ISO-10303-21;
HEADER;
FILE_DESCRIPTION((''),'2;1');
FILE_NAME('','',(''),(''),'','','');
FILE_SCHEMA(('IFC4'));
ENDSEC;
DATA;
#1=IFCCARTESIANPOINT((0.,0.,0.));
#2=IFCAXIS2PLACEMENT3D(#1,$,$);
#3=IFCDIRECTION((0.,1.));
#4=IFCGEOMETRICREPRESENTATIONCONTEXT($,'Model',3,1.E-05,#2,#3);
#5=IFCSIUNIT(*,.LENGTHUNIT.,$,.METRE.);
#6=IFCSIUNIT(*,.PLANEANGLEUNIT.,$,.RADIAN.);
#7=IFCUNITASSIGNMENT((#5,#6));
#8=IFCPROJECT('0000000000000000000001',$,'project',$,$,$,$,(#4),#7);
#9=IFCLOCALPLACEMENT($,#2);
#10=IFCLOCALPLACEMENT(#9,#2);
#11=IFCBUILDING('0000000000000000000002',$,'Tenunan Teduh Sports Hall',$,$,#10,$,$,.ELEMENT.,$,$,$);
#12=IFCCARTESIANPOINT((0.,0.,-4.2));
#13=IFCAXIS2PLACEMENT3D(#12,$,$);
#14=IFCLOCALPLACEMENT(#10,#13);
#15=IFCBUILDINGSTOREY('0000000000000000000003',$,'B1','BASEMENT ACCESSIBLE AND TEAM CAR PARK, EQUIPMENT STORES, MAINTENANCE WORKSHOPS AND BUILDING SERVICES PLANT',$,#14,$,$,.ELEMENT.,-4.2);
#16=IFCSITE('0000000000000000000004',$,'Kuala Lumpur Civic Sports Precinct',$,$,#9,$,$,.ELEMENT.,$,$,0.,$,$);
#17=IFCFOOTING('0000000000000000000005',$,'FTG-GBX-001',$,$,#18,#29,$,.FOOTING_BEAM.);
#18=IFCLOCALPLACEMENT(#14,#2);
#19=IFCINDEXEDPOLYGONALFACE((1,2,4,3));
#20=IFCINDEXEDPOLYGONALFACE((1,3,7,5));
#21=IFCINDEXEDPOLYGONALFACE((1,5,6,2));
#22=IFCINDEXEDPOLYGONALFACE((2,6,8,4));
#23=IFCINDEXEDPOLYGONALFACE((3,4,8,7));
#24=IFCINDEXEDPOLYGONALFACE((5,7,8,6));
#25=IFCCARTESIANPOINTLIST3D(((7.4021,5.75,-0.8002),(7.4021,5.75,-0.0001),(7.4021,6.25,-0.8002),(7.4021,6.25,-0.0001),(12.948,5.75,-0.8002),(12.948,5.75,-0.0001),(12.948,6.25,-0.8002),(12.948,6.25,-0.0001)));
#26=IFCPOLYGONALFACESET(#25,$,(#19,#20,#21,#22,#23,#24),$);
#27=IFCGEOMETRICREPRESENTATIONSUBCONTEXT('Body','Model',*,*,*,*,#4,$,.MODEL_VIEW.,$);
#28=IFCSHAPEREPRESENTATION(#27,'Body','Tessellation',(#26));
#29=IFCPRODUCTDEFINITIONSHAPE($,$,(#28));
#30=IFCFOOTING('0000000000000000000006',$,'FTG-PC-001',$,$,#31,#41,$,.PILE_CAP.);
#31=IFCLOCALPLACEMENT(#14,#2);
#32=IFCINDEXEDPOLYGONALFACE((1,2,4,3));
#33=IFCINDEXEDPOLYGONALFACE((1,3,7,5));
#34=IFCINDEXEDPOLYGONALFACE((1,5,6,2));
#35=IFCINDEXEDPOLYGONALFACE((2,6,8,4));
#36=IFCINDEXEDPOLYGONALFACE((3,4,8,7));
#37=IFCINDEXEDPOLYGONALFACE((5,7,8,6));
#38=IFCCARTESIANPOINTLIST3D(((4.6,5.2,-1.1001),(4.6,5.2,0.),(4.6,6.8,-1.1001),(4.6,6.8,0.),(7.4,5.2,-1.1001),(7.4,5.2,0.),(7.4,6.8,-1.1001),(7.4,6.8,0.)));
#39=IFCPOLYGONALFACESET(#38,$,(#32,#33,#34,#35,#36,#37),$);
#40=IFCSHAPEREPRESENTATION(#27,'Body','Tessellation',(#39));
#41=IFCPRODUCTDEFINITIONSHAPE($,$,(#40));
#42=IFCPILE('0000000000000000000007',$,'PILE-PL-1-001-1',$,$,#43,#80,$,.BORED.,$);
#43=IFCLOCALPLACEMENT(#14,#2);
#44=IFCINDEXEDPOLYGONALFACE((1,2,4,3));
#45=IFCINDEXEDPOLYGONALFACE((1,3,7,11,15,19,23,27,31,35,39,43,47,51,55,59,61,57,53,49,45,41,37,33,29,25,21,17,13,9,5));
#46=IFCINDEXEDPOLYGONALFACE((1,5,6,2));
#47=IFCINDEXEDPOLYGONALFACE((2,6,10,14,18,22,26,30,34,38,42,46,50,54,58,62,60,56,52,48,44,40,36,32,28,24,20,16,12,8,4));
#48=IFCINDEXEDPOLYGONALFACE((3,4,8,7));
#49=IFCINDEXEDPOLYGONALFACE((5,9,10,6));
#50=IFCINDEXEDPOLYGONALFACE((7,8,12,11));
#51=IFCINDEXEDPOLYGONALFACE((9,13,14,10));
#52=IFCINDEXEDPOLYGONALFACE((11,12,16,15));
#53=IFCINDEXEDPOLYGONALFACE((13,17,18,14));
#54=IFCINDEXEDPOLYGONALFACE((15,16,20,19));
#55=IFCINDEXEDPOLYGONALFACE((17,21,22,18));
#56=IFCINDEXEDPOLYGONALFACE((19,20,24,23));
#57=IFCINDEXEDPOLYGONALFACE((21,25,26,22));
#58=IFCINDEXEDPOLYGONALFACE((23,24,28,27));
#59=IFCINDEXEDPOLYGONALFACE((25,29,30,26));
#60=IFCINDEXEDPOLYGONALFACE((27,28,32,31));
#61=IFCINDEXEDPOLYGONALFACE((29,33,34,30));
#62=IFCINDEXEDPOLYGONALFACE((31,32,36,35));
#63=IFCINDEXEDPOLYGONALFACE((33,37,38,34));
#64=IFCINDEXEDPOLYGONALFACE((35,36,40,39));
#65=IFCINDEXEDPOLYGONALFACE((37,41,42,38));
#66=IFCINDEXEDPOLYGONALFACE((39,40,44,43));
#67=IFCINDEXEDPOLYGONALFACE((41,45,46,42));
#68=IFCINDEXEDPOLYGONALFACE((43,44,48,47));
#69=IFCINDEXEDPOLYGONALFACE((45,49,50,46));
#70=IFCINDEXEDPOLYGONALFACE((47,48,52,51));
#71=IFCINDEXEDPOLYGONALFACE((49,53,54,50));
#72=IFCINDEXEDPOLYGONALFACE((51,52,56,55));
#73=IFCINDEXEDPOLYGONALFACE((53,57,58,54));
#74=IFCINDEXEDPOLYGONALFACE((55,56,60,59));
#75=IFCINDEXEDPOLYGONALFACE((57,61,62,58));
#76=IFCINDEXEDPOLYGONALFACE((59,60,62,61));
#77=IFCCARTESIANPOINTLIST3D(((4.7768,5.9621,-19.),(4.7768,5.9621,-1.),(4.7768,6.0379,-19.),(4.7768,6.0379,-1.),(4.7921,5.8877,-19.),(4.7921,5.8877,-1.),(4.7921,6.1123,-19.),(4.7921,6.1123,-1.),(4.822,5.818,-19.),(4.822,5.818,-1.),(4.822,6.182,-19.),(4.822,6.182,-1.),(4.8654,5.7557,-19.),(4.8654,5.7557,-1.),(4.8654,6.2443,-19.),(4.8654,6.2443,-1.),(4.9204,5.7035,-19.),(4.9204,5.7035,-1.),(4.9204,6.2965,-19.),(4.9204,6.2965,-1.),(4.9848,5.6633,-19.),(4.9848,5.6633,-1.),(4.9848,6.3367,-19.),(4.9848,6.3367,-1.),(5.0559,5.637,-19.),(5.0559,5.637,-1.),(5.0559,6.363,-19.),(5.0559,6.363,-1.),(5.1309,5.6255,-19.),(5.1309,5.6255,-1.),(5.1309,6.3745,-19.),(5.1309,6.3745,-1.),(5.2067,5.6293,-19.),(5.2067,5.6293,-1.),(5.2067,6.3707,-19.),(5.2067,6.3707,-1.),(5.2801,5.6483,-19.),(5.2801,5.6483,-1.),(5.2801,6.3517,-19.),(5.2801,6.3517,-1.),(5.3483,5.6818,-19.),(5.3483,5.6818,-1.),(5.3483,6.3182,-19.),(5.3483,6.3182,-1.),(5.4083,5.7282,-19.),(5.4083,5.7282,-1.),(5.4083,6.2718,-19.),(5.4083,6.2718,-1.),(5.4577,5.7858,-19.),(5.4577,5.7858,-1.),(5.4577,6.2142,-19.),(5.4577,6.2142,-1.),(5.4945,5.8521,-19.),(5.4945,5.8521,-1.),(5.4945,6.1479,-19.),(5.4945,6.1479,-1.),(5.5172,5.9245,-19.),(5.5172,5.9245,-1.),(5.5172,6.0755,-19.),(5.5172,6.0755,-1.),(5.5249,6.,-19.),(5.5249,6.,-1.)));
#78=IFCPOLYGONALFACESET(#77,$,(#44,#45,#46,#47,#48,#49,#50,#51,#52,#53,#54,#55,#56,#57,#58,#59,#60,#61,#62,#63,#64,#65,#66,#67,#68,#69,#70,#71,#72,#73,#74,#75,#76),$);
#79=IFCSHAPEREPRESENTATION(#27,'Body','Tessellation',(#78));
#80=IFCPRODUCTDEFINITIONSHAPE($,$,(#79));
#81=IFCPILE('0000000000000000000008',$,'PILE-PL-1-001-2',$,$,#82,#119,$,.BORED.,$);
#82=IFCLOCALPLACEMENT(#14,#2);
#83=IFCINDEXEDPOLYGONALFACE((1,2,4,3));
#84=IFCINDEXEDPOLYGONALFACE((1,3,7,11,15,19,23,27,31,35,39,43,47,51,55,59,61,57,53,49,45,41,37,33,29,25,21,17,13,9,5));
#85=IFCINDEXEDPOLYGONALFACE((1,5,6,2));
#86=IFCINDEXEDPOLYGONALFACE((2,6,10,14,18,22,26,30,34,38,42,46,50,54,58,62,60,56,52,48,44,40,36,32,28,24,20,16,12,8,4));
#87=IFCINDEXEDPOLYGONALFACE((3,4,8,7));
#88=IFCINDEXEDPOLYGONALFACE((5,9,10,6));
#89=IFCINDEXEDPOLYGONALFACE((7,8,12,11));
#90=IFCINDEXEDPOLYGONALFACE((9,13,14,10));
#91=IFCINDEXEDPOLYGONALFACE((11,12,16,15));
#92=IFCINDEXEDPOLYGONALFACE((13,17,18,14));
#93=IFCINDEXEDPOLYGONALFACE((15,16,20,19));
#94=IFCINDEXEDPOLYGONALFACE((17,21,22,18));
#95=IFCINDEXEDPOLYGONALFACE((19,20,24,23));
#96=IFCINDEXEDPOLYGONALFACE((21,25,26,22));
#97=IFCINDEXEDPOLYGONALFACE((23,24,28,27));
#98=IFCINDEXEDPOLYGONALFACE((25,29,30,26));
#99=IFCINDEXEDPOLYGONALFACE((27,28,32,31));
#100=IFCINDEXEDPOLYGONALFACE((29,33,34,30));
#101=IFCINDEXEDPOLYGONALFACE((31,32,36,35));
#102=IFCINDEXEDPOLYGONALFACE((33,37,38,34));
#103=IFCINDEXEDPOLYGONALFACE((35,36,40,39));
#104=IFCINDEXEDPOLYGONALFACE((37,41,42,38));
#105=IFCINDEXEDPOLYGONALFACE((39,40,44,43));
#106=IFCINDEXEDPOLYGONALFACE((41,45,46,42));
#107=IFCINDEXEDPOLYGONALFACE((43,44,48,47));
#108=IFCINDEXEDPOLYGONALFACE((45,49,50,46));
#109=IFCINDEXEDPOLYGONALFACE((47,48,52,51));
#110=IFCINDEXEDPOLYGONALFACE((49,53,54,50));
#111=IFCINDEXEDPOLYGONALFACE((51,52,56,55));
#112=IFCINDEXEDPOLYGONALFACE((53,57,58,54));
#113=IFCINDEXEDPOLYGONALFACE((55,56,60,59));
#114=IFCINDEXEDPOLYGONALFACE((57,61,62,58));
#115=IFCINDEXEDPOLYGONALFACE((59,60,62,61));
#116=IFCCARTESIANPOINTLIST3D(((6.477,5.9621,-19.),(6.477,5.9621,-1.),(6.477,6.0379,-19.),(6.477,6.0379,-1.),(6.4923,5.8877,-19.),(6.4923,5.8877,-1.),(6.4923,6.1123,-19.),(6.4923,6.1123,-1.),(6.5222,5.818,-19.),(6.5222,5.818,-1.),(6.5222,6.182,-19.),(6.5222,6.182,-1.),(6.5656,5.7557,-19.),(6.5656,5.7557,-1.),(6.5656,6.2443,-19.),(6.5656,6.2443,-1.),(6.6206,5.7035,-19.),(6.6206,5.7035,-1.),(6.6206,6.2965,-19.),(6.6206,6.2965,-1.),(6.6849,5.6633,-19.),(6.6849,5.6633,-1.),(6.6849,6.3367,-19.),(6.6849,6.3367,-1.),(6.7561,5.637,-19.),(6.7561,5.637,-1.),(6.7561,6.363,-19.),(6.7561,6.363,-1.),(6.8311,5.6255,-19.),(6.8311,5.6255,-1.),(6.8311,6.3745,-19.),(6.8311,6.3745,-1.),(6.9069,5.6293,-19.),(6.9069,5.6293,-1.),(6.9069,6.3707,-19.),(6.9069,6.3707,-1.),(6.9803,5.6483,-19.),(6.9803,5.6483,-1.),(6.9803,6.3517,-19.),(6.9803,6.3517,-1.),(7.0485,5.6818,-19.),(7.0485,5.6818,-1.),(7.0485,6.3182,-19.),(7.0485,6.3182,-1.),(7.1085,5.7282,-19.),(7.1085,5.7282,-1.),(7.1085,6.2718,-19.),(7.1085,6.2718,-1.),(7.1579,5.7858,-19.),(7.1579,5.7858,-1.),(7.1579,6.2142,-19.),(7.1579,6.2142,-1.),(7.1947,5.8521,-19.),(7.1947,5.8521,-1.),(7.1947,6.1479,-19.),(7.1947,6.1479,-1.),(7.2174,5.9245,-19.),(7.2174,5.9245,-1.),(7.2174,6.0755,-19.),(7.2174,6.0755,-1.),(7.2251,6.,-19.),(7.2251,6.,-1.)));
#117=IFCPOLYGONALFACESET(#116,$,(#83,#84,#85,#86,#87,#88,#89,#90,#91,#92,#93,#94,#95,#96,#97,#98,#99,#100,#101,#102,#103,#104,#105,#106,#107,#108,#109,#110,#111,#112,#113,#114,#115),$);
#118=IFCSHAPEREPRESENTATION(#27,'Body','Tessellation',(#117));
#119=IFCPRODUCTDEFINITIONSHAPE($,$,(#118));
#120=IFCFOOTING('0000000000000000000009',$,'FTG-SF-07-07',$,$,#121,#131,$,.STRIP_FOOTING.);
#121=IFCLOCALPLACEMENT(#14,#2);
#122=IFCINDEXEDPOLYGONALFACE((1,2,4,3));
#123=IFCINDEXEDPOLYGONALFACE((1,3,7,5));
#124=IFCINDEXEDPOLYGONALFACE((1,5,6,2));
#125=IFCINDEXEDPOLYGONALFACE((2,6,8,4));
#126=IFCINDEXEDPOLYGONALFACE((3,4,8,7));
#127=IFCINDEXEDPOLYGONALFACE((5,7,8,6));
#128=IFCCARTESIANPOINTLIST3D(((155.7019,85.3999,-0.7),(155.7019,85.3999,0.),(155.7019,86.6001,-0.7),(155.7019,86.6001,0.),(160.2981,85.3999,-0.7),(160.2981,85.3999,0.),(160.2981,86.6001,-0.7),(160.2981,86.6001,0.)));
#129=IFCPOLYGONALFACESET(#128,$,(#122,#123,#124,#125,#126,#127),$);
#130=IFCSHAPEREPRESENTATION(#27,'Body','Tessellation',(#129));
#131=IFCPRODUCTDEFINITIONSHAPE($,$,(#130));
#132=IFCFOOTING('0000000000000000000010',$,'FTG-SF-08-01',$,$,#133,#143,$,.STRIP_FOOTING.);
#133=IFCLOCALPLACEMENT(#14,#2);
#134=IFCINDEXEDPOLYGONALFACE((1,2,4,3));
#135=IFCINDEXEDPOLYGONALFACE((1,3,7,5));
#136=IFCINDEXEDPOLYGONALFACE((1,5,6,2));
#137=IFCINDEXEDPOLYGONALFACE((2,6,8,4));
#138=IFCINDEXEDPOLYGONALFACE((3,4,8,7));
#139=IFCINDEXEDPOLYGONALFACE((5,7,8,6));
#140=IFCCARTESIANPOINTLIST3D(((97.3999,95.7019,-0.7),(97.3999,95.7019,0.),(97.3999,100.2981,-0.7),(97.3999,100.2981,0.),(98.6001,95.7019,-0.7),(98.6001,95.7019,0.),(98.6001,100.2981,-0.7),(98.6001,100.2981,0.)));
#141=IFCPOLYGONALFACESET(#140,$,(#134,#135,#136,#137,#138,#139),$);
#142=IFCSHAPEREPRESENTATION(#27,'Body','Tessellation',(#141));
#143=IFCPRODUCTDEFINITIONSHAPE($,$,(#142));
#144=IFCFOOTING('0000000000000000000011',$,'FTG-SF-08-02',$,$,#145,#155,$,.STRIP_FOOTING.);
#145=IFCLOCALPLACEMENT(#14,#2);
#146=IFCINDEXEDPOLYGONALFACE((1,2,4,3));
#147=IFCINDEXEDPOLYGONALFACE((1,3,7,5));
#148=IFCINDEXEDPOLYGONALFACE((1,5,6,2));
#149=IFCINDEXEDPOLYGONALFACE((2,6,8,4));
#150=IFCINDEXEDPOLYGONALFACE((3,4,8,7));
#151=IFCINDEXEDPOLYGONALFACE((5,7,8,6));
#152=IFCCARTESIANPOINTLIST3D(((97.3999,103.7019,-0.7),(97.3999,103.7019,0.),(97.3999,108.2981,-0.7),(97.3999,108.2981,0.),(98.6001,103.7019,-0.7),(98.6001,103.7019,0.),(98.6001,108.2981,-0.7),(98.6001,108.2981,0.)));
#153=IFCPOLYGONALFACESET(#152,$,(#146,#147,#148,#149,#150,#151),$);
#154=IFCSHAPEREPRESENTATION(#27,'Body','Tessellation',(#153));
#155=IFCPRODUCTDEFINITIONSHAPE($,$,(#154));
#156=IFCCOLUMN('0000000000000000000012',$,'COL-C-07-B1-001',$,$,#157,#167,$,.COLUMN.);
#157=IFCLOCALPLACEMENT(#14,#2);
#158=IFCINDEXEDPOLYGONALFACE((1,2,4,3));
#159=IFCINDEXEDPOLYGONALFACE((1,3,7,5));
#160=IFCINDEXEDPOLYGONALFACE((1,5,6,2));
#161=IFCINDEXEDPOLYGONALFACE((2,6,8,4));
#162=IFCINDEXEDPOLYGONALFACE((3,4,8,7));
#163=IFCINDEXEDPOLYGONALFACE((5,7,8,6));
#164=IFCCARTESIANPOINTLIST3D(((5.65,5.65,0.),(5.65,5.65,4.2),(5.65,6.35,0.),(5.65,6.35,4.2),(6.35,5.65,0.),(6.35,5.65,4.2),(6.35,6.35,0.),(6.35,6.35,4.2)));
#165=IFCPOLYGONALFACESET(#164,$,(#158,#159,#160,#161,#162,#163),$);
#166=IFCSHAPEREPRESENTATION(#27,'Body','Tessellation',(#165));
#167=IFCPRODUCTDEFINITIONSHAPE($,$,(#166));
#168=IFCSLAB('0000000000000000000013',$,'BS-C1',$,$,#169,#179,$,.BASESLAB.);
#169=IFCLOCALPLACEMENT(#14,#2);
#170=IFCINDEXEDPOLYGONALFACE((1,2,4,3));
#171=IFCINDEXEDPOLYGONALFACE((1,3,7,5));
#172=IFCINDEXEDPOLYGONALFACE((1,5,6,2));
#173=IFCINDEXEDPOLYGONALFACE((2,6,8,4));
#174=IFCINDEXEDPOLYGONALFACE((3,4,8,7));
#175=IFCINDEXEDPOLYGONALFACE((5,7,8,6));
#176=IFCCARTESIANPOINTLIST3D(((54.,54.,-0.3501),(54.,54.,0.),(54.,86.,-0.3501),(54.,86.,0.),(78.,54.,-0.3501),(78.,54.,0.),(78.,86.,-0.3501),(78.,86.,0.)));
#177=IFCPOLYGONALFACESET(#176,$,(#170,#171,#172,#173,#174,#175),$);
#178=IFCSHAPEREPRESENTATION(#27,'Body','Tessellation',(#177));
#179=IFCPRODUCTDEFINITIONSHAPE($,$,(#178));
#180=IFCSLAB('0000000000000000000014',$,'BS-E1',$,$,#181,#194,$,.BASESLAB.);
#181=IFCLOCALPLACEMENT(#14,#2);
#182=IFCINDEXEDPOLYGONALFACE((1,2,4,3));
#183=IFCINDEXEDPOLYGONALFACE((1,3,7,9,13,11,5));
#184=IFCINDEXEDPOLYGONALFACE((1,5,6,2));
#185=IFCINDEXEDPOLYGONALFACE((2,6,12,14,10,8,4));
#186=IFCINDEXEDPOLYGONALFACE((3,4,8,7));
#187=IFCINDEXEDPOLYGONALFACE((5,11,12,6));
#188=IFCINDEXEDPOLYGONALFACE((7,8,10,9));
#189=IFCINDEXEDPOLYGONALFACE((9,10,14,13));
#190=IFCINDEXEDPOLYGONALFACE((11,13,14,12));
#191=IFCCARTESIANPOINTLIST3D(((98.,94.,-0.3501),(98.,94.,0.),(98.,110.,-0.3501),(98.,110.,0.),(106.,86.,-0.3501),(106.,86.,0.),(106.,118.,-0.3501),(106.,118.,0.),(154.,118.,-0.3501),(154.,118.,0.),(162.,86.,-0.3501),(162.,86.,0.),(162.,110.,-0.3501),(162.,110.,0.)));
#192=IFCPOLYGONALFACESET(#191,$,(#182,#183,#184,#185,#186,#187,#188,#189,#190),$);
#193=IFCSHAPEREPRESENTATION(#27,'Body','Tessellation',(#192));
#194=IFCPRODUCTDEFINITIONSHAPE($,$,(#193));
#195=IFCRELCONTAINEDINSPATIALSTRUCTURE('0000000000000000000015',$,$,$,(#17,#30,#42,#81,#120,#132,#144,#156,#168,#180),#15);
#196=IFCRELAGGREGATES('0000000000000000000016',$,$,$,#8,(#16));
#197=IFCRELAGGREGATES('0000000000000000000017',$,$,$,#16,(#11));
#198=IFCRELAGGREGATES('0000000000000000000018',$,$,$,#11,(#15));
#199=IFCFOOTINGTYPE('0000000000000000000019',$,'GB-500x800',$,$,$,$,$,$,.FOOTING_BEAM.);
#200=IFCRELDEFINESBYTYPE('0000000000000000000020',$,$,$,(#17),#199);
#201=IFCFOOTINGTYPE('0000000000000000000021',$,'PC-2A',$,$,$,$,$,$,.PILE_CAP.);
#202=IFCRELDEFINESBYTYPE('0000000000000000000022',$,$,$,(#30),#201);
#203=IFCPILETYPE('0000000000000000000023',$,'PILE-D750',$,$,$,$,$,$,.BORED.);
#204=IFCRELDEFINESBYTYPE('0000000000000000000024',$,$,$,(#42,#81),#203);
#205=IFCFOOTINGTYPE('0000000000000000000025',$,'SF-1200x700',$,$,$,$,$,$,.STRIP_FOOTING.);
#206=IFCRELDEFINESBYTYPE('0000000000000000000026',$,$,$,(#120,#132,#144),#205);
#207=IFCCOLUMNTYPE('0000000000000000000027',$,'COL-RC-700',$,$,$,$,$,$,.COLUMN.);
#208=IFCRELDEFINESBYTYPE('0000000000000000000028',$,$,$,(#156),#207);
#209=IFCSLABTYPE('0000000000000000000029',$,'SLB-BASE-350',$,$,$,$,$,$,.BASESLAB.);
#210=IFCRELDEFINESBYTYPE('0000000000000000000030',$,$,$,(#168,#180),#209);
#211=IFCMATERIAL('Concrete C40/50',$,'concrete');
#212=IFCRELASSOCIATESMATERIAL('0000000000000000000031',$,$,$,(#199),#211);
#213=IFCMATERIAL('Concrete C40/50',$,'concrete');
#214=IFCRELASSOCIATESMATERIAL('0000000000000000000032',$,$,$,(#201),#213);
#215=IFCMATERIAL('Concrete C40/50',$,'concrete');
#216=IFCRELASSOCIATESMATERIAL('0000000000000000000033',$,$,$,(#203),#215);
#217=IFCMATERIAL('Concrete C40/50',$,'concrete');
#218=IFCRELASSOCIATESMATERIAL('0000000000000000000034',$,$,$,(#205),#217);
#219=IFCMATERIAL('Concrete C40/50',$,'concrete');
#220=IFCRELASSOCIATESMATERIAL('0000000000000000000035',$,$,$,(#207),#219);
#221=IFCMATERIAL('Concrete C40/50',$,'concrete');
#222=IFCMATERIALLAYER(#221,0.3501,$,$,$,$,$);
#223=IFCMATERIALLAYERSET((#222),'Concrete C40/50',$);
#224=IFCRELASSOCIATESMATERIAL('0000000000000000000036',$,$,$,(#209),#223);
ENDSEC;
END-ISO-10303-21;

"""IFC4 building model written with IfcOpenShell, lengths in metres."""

from ifc_helpers import new_model, si_unit, direction, frame, origin, origin_2d, place, context, subcontext, project, spatial, polyline, rectangle, circle, outline, extrude, material, layer, layer_set, material_profile, profile_set, type_object, element, save


model = new_model("IFC4")

# Units and contexts
model_context = context("Model", 3, precision=1e-05, world=origin(), true_north=direction((0.0, 1.0)))
body_context = subcontext(model_context, "Body", "Model", "MODEL_VIEW")
ifc_project = project(units=[si_unit("LENGTHUNIT", "METRE"), si_unit("PLANEANGLEUNIT", "RADIAN")], contexts=[model_context])

# Site, building, storey
site_placement = place(None, origin())
site = spatial("IfcSite", under=ifc_project, at=site_placement, Name="Kuala Lumpur Civic Sports Precinct", CompositionType="ELEMENT", RefElevation=0.0)
building_placement = place(site_placement, origin())
building = spatial("IfcBuilding", under=site, at=building_placement, Name="Tenunan Teduh Sports Hall", CompositionType="ELEMENT")
storey_placement = place(building_placement, frame((0.0, 0.0, -4.2)))
storey = spatial("IfcBuildingStorey", under=building, at=storey_placement, Name="B1", Description="BASEMENT ACCESSIBLE AND TEAM CAR PARK, EQUIPMENT STORES, MAINTENANCE WORKSHOPS AND BUILDING SERVICES PLANT", CompositionType="ELEMENT", Elevation=-4.2)

# Footings
ifc_material_1 = material(Name="Concrete C40/50", Category="concrete")
ifc_material_profile_1 = material_profile(ifc_material_1, rectangle(XDim=0.5, YDim=0.8, at=origin_2d()), Name="RCB 500x800")
ifc_profile_set_1 = profile_set([ifc_material_profile_1], Name="Concrete C40/50")
footing_type_1 = type_object("IfcFootingType", Name="GB-500x800", PredefinedType="FOOTING_BEAM", material=ifc_profile_set_1)
footing_1_placement = place(storey_placement, frame((7.4021, 6.0, -0.4001), z_axis=(1.0, 0.0, 0.0), x_axis=(0.0, 1.0, 0.0)))
element("IfcFooting", 1, at=footing_1_placement, inside=storey, type_object=footing_type_1, Name="FTG-GBX-001", PredefinedType="FOOTING_BEAM", context=body_context, shape_type="SweptSolid", body=[
    extrude(rectangle(XDim=0.5, YDim=0.8, at=origin_2d()), origin(), (0.0, 0.0, 1.0), 5.5459),
])
ifc_material_2 = material(Name="Concrete C40/50", Category="concrete")
footing_type_2 = type_object("IfcFootingType", Name="PC-2A", PredefinedType="PILE_CAP", material=ifc_material_2)
footing_2_placement = place(storey_placement, frame((6.0, 6.0, -1.1001), z_axis=(0.0, 0.0, 1.0), x_axis=(1.0, 0.0, 0.0)))
element("IfcFooting", 2, at=footing_2_placement, inside=storey, type_object=footing_type_2, Name="FTG-PC-001", PredefinedType="PILE_CAP", context=body_context, shape_type="SweptSolid", body=[
    extrude(rectangle(XDim=2.8, YDim=1.6001, at=origin_2d()), origin(), (0.0, 0.0, 1.0), 1.1001),
])

# Piles
ifc_material_3 = material(Name="Concrete C40/50", Category="concrete")
ifc_material_profile_2 = material_profile(ifc_material_3, circle(Radius=0.375, at=origin_2d()), Name="PILE D750")
ifc_profile_set_2 = profile_set([ifc_material_profile_2], Name="Concrete C40/50")
pile_type = type_object("IfcPileType", Name="PILE-D750", PredefinedType="BORED", material=ifc_profile_set_2)
for number, where, z_axis, x_axis, name in (
    (3, (5.1499, 6.0, -1.0), (0.0, 0.0, -1.0), (1.0, 0.0, 0.0), "PILE-PL-1-001-1"),
    (4, (6.8501, 6.0, -1.0), (0.0, 0.0, -1.0), (1.0, 0.0, 0.0), "PILE-PL-1-001-2"),
):
    element("IfcPile", number, at=place(storey_placement, frame(where, z_axis=z_axis, x_axis=x_axis)), inside=storey, type_object=pile_type, Name=name, PredefinedType="BORED", context=body_context, shape_type="SweptSolid", body=[
        extrude(circle(Radius=0.375, at=origin_2d()), origin(), (0.0, 0.0, 1.0), 18.0),
    ])

# Footings
ifc_material_4 = material(Name="Concrete C40/50", Category="concrete")
footing_type_3 = type_object("IfcFootingType", Name="SF-1200x700", PredefinedType="STRIP_FOOTING", material=ifc_material_4)
footing_3_placement = place(storey_placement, frame((0.0, 0.0, -0.7)))
element("IfcFooting", 5, at=footing_3_placement, inside=storey, type_object=footing_type_3, Name="FTG-SF-07-07", PredefinedType="STRIP_FOOTING", context=body_context, shape_type="SweptSolid", body=[
    extrude(outline(polyline([(155.7019, 85.3999), (160.2981, 85.3999), (160.2981, 86.6001), (155.7019, 86.6001), (155.7019, 85.3999)])), origin(), (0.0, 0.0, 1.0), 0.7),
])
footing_4_placement = place(storey_placement, frame((0.0, 0.0, -0.7)))
element("IfcFooting", 6, at=footing_4_placement, inside=storey, type_object=footing_type_3, Name="FTG-SF-08-01", PredefinedType="STRIP_FOOTING", context=body_context, shape_type="SweptSolid", body=[
    extrude(outline(polyline([(98.6001, 95.7019), (98.6001, 100.2981), (97.3999, 100.2981), (97.3999, 95.7019), (98.6001, 95.7019)])), origin(), (0.0, 0.0, 1.0), 0.7),
])
footing_5_placement = place(storey_placement, frame((0.0, 0.0, -0.7)))
element("IfcFooting", 7, at=footing_5_placement, inside=storey, type_object=footing_type_3, Name="FTG-SF-08-02", PredefinedType="STRIP_FOOTING", context=body_context, shape_type="SweptSolid", body=[
    extrude(outline(polyline([(98.6001, 103.7019), (98.6001, 108.2981), (97.3999, 108.2981), (97.3999, 103.7019), (98.6001, 103.7019)])), origin(), (0.0, 0.0, 1.0), 0.7),
])

# Column
ifc_material_5 = material(Name="Concrete C40/50", Category="concrete")
ifc_material_profile_3 = material_profile(ifc_material_5, rectangle(XDim=0.7, YDim=0.7, at=origin_2d()), Name="RC 700x700")
ifc_profile_set_3 = profile_set([ifc_material_profile_3], Name="Concrete C40/50")
column_type = type_object("IfcColumnType", Name="COL-RC-700", PredefinedType="COLUMN", material=ifc_profile_set_3)
column_placement = place(storey_placement, frame((6.0, 6.0, 0.0), z_axis=(0.0, 0.0, 1.0), x_axis=(1.0, 0.0, 0.0)))
element("IfcColumn", 8, at=column_placement, inside=storey, type_object=column_type, Name="COL-C-07-B1-001", PredefinedType="COLUMN", context=body_context, shape_type="SweptSolid", body=[
    extrude(rectangle(XDim=0.7, YDim=0.7, at=origin_2d()), origin(), (0.0, 0.0, 1.0), 4.2),
])

# Slabs
ifc_material_6 = material(Name="Concrete C40/50", Category="concrete")
ifc_layer_1 = layer(ifc_material_6, 0.3501)
ifc_layer_set_1 = layer_set([ifc_layer_1], Name="Concrete C40/50")
slab_type_1 = type_object("IfcSlabType", Name="SLB-BASE-350", PredefinedType="BASESLAB", material=ifc_layer_set_1)
slab_1_placement = place(storey_placement, frame((0.0, 0.0, -0.3501)))
element("IfcSlab", 9, at=slab_1_placement, inside=storey, type_object=slab_type_1, Name="BS-C1", PredefinedType="BASESLAB", context=body_context, shape_type="SweptSolid", body=[
    extrude(outline(polyline([(54.0, 54.0), (78.0, 54.0), (78.0, 86.0), (54.0, 86.0), (54.0, 54.0)])), origin(), (0.0, 0.0, 1.0), 0.3501),
])
slab_2_placement = place(storey_placement, frame((0.0, 0.0, -0.3501)))
element("IfcSlab", 10, at=slab_2_placement, inside=storey, type_object=slab_type_1, Name="BS-E1", PredefinedType="BASESLAB", context=body_context, shape_type="SweptSolid", body=[
    extrude(outline(polyline([(106.0, 86.0), (162.0, 86.0), (162.0, 110.0), (154.0, 118.0), (106.0, 118.0), (98.0, 110.0), (98.0, 94.0), (106.0, 86.0)])), origin(), (0.0, 0.0, 1.0), 0.3501),
])

save(model, "model.ifc")
